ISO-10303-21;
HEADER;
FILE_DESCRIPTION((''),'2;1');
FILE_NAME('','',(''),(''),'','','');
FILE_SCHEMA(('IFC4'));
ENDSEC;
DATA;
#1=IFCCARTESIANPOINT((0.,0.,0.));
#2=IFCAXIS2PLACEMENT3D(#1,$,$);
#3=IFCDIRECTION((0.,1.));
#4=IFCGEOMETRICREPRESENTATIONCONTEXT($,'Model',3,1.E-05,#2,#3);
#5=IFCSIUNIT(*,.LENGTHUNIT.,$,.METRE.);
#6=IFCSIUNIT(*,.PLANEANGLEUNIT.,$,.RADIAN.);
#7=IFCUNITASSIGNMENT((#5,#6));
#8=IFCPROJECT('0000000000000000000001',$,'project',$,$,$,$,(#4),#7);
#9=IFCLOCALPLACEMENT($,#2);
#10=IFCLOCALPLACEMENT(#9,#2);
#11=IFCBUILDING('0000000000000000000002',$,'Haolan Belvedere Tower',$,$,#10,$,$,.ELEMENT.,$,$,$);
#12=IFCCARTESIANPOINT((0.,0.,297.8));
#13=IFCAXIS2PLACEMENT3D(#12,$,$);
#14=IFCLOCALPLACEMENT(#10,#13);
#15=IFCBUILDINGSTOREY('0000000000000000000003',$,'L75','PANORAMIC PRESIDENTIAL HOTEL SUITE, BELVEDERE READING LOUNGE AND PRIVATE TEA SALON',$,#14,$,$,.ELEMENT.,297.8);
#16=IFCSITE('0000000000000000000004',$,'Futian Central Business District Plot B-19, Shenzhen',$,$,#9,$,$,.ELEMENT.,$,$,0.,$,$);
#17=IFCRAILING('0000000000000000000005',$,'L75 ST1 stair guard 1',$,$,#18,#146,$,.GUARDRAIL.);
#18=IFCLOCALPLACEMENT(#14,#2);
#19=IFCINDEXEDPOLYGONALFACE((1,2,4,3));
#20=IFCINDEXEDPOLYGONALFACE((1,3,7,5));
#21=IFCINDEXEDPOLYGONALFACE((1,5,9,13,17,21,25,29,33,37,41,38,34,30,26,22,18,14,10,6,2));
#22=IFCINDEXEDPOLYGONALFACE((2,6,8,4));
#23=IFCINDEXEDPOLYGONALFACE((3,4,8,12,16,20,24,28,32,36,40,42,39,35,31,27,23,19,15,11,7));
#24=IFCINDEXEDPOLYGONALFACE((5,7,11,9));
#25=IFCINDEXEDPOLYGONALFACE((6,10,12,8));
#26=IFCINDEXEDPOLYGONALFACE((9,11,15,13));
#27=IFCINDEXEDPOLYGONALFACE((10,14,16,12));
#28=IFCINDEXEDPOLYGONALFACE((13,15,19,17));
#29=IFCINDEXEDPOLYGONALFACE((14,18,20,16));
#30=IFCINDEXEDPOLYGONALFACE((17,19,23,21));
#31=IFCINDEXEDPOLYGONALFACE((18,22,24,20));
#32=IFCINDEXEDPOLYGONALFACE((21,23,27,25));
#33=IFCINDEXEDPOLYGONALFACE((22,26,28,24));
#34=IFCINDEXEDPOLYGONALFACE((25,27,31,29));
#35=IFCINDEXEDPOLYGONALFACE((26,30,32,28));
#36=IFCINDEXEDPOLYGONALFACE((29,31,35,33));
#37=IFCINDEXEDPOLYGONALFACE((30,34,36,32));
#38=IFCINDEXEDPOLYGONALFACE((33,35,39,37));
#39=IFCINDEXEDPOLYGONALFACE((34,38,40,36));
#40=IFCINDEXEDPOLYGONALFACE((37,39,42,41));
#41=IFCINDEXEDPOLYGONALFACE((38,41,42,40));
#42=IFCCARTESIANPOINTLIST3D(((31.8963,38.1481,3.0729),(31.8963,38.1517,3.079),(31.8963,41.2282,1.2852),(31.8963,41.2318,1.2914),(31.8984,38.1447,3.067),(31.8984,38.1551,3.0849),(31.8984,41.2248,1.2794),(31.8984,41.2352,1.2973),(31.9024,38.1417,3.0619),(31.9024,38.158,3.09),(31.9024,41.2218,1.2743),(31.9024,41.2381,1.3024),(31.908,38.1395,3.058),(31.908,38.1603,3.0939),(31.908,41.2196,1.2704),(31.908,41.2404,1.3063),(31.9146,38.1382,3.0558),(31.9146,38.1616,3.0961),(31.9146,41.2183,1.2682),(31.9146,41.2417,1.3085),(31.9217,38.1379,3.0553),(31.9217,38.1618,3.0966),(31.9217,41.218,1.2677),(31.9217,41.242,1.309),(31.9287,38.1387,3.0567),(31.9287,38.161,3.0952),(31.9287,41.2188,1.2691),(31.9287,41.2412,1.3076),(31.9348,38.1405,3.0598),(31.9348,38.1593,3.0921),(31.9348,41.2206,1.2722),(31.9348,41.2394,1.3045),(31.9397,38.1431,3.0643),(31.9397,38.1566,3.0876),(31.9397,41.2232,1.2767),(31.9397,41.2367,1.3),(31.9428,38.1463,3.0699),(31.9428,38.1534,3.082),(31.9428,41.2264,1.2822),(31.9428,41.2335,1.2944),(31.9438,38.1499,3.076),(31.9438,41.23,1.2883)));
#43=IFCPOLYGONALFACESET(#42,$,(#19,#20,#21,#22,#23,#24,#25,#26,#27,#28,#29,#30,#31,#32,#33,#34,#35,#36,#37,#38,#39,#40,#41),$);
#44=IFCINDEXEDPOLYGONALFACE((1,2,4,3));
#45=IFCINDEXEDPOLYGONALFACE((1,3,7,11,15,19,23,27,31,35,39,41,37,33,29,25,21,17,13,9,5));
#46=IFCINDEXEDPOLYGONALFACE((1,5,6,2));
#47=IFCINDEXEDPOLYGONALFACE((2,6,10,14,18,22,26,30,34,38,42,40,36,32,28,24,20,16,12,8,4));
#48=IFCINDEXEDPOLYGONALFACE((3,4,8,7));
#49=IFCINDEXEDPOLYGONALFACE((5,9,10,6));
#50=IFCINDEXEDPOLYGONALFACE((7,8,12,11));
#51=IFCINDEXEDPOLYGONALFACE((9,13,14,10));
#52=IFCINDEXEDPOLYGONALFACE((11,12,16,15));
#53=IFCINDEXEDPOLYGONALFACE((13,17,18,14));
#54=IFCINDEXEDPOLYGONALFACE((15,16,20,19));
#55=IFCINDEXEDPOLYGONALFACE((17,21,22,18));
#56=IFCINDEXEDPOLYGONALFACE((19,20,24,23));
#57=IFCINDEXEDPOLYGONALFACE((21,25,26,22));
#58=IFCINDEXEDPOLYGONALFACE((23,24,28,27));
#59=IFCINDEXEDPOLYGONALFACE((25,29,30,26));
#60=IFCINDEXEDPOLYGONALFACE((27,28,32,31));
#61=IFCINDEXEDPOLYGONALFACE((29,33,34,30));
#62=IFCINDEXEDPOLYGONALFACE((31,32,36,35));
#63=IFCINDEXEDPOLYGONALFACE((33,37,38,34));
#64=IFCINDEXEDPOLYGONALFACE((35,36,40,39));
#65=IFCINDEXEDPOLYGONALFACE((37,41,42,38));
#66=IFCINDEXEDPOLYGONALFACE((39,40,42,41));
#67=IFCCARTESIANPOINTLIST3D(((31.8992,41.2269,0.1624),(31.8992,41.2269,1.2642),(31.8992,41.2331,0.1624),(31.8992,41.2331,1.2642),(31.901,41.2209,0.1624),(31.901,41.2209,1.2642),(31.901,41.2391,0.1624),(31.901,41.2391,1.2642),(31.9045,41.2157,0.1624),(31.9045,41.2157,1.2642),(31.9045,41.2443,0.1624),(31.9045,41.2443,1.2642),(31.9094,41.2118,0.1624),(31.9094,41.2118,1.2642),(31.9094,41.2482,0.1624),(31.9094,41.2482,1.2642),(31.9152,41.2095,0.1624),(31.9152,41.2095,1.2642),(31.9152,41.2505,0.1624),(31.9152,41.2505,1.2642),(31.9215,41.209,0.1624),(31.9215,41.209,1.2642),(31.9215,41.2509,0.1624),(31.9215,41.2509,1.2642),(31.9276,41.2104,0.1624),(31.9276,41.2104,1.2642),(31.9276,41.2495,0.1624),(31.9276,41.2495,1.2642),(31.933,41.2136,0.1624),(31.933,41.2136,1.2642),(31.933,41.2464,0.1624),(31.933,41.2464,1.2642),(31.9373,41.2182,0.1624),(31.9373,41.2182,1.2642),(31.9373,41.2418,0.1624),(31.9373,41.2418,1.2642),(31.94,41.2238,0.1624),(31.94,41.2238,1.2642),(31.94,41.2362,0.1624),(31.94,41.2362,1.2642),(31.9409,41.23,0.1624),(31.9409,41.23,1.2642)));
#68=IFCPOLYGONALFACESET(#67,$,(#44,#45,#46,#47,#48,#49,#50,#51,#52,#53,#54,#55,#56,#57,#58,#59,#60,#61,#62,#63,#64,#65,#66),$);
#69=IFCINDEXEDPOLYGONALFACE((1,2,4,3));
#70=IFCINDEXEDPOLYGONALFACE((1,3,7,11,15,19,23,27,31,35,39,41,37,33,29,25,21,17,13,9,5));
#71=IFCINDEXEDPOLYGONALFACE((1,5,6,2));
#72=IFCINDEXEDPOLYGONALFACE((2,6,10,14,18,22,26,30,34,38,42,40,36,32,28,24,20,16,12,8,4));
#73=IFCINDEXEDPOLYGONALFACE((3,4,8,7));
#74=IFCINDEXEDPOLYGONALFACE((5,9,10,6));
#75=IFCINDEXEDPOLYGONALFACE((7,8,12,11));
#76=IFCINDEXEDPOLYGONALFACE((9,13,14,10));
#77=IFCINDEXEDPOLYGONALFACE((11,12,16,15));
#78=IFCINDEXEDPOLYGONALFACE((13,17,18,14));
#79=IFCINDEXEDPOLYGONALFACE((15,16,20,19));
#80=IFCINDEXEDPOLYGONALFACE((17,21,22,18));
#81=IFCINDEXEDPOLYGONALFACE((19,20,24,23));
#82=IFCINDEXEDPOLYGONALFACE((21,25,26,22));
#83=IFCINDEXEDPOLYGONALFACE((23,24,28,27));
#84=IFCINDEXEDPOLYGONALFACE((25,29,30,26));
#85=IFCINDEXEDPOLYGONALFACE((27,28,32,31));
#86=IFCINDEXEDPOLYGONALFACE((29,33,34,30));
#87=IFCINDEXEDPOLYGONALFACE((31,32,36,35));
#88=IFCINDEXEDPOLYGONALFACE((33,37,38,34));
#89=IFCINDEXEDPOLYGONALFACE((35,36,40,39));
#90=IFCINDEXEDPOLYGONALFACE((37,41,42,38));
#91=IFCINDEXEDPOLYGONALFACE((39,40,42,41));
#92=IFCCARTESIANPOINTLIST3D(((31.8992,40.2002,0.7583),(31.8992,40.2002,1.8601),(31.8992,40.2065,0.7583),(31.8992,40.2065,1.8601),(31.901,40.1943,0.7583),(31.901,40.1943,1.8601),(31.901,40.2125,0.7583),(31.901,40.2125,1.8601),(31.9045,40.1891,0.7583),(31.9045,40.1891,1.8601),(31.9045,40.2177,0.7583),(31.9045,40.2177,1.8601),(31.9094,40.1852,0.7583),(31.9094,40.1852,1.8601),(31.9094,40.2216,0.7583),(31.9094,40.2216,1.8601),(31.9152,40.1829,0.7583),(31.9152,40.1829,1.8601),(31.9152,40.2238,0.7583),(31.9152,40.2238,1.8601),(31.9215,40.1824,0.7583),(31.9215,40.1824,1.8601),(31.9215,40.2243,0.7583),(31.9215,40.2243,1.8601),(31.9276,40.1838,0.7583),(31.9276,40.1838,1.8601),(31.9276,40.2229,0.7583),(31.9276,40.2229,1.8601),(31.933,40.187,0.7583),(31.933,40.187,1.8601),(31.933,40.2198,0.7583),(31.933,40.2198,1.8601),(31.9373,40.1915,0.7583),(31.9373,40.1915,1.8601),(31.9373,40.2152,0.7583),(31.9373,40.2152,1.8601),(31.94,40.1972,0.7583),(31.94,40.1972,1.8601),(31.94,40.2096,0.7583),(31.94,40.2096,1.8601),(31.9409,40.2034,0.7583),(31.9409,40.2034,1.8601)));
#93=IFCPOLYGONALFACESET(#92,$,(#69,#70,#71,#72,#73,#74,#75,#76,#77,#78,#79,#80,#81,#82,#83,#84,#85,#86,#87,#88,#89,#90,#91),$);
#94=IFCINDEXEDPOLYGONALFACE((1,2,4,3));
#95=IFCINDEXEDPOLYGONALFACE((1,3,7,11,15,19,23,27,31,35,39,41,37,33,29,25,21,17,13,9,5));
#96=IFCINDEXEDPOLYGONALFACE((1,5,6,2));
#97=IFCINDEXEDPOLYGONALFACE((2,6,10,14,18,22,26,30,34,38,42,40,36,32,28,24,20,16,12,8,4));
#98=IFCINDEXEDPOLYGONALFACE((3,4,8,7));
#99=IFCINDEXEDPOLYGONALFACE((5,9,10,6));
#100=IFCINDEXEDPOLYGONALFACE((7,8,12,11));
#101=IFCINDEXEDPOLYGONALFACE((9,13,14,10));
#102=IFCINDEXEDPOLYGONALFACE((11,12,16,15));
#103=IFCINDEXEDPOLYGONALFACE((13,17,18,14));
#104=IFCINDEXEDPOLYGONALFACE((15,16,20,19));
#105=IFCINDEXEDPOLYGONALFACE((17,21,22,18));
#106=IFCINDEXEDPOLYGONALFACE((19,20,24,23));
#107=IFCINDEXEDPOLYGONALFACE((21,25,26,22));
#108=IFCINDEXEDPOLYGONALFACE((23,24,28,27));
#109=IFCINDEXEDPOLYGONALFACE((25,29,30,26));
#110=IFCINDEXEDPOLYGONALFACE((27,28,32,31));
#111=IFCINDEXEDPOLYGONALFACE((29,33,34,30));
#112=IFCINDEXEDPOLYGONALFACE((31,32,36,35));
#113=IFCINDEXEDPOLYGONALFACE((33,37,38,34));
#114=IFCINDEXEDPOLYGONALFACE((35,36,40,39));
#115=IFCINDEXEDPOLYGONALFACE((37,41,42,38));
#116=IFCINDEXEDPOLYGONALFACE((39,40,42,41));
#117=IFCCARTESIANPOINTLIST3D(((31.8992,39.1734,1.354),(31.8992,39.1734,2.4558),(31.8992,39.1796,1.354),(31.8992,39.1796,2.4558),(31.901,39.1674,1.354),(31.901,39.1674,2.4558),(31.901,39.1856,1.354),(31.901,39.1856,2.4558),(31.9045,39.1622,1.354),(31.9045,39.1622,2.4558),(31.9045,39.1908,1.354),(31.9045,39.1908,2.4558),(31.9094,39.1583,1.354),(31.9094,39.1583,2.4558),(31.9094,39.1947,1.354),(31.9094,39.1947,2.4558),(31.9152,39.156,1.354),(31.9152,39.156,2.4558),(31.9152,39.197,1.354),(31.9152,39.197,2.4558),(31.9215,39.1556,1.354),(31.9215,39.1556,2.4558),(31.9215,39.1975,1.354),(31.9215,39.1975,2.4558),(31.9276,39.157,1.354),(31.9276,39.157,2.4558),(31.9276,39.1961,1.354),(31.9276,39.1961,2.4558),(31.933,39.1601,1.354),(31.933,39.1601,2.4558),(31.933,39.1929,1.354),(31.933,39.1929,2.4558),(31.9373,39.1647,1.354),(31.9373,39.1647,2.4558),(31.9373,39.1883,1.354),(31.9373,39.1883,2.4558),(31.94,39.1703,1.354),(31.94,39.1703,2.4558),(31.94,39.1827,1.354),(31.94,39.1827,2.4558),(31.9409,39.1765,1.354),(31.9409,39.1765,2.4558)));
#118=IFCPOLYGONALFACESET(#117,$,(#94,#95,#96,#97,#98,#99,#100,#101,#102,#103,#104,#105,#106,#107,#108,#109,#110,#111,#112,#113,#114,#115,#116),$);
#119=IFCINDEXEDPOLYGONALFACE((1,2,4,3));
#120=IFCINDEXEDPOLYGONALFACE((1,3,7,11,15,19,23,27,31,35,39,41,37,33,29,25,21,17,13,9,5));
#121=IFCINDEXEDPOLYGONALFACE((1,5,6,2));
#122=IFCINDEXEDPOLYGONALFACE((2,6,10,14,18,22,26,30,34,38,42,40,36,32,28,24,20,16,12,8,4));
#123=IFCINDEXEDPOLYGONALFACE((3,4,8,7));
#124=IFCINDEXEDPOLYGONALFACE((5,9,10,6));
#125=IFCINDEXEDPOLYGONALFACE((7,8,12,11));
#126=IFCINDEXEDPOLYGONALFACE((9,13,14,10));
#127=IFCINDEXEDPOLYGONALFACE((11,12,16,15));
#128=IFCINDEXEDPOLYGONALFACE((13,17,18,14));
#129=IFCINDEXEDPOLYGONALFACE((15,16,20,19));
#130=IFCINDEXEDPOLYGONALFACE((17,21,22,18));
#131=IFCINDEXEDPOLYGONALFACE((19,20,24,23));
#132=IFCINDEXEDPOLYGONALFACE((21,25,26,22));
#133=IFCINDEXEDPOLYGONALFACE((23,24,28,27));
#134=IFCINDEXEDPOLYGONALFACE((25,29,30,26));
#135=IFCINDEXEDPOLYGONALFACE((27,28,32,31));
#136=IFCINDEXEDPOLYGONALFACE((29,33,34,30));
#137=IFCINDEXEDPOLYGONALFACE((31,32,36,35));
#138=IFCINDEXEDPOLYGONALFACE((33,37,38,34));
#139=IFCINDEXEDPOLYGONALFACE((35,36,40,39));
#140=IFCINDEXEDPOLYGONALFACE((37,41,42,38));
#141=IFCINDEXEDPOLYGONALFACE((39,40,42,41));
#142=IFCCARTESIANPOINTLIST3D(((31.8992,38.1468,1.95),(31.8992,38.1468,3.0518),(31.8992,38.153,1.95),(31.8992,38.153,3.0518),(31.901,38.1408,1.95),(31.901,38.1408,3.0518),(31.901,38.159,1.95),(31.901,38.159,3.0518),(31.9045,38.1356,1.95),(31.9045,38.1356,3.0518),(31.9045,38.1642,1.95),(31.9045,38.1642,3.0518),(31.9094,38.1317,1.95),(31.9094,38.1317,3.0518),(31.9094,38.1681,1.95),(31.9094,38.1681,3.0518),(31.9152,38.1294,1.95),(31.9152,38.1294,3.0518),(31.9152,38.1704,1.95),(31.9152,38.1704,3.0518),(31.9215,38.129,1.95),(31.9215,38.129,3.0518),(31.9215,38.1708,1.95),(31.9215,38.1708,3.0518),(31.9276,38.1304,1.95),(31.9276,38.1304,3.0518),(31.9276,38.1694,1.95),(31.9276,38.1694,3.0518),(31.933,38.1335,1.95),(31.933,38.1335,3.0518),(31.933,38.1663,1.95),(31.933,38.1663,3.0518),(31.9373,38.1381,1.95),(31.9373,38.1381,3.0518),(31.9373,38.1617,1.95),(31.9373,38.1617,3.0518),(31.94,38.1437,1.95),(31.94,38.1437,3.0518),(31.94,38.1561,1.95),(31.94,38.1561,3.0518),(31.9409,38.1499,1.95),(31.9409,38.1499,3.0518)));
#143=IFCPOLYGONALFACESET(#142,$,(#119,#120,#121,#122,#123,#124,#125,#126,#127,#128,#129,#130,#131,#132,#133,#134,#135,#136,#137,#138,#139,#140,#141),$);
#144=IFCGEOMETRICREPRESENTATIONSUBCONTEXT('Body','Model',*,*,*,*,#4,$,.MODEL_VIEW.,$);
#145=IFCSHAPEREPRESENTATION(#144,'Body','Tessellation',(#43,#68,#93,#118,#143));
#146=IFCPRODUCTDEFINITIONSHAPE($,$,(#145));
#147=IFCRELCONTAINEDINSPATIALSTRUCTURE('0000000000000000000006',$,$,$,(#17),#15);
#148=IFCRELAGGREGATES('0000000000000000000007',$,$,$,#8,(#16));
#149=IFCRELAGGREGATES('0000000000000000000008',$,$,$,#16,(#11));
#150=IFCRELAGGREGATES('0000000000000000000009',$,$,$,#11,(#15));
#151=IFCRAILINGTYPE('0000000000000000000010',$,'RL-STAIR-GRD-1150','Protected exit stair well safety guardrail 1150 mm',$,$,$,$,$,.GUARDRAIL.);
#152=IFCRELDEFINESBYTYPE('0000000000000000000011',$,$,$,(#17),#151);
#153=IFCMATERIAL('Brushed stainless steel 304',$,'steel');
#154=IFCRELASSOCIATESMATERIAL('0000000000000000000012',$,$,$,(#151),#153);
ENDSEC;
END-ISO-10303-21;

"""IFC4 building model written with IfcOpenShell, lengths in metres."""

from ifc_helpers import new_model, si_unit, direction, frame, origin, origin_2d, place, context, subcontext, project, spatial, circle, extrude, material, type_object, element, save


model = new_model("IFC4")

# Units and contexts
model_context = context("Model", 3, precision=1e-05, world=origin(), true_north=direction((0.0, 1.0)))
body_context = subcontext(model_context, "Body", "Model", "MODEL_VIEW")
ifc_project = project(units=[si_unit("LENGTHUNIT", "METRE"), si_unit("PLANEANGLEUNIT", "RADIAN")], contexts=[model_context])

# Site, building, storey
site_placement = place(None, origin())
site = spatial("IfcSite", under=ifc_project, at=site_placement, Name="Futian Central Business District Plot B-19, Shenzhen", CompositionType="ELEMENT", RefElevation=0.0)
building_placement = place(site_placement, origin())
building = spatial("IfcBuilding", under=site, at=building_placement, Name="Haolan Belvedere Tower", CompositionType="ELEMENT")
storey_placement = place(building_placement, frame((0.0, 0.0, 297.8)))
storey = spatial("IfcBuildingStorey", under=building, at=storey_placement, Name="L75", Description="PANORAMIC PRESIDENTIAL HOTEL SUITE, BELVEDERE READING LOUNGE AND PRIVATE TEA SALON", CompositionType="ELEMENT", Elevation=297.8)

# Railing
ifc_material_1 = material(Name="Brushed stainless steel 304", Category="steel")
railing_type_1 = type_object("IfcRailingType", Name="RL-STAIR-GRD-1150", Description="Protected exit stair well safety guardrail 1150 mm", PredefinedType="GUARDRAIL", material=ifc_material_1)
railing_1_placement = place(storey_placement, frame((31.9199, 41.23, 0.1624)))
element("IfcRailing", 1, at=railing_1_placement, inside=storey, type_object=railing_type_1, Name="L75 ST1 stair guard 1", PredefinedType="GUARDRAIL", context=body_context, shape_type="SweptSolid", body=[
    extrude(circle(Radius=0.0239, at=origin_2d()), frame((0.0, 0.0, 1.126), z_axis=(0.0, -0.864891, 0.50196), x_axis=(1.0, 0.0, 0.0)), (0.0, 0.0, 1.0), 3.5613),
    extrude(circle(Radius=0.021, at=origin_2d()), origin(), (0.0, 0.0, 1.0), 1.1018),
    extrude(circle(Radius=0.021, at=origin_2d()), frame((0.0, -1.0266, 0.5959)), (0.0, 0.0, 1.0), 1.1018),
    extrude(circle(Radius=0.021, at=origin_2d()), frame((0.0, -2.0535, 1.1917)), (0.0, 0.0, 1.0), 1.1018),
    extrude(circle(Radius=0.021, at=origin_2d()), frame((0.0, -3.0801, 1.7876)), (0.0, 0.0, 1.0), 1.1018),
])

save(model, "model.ifc")
